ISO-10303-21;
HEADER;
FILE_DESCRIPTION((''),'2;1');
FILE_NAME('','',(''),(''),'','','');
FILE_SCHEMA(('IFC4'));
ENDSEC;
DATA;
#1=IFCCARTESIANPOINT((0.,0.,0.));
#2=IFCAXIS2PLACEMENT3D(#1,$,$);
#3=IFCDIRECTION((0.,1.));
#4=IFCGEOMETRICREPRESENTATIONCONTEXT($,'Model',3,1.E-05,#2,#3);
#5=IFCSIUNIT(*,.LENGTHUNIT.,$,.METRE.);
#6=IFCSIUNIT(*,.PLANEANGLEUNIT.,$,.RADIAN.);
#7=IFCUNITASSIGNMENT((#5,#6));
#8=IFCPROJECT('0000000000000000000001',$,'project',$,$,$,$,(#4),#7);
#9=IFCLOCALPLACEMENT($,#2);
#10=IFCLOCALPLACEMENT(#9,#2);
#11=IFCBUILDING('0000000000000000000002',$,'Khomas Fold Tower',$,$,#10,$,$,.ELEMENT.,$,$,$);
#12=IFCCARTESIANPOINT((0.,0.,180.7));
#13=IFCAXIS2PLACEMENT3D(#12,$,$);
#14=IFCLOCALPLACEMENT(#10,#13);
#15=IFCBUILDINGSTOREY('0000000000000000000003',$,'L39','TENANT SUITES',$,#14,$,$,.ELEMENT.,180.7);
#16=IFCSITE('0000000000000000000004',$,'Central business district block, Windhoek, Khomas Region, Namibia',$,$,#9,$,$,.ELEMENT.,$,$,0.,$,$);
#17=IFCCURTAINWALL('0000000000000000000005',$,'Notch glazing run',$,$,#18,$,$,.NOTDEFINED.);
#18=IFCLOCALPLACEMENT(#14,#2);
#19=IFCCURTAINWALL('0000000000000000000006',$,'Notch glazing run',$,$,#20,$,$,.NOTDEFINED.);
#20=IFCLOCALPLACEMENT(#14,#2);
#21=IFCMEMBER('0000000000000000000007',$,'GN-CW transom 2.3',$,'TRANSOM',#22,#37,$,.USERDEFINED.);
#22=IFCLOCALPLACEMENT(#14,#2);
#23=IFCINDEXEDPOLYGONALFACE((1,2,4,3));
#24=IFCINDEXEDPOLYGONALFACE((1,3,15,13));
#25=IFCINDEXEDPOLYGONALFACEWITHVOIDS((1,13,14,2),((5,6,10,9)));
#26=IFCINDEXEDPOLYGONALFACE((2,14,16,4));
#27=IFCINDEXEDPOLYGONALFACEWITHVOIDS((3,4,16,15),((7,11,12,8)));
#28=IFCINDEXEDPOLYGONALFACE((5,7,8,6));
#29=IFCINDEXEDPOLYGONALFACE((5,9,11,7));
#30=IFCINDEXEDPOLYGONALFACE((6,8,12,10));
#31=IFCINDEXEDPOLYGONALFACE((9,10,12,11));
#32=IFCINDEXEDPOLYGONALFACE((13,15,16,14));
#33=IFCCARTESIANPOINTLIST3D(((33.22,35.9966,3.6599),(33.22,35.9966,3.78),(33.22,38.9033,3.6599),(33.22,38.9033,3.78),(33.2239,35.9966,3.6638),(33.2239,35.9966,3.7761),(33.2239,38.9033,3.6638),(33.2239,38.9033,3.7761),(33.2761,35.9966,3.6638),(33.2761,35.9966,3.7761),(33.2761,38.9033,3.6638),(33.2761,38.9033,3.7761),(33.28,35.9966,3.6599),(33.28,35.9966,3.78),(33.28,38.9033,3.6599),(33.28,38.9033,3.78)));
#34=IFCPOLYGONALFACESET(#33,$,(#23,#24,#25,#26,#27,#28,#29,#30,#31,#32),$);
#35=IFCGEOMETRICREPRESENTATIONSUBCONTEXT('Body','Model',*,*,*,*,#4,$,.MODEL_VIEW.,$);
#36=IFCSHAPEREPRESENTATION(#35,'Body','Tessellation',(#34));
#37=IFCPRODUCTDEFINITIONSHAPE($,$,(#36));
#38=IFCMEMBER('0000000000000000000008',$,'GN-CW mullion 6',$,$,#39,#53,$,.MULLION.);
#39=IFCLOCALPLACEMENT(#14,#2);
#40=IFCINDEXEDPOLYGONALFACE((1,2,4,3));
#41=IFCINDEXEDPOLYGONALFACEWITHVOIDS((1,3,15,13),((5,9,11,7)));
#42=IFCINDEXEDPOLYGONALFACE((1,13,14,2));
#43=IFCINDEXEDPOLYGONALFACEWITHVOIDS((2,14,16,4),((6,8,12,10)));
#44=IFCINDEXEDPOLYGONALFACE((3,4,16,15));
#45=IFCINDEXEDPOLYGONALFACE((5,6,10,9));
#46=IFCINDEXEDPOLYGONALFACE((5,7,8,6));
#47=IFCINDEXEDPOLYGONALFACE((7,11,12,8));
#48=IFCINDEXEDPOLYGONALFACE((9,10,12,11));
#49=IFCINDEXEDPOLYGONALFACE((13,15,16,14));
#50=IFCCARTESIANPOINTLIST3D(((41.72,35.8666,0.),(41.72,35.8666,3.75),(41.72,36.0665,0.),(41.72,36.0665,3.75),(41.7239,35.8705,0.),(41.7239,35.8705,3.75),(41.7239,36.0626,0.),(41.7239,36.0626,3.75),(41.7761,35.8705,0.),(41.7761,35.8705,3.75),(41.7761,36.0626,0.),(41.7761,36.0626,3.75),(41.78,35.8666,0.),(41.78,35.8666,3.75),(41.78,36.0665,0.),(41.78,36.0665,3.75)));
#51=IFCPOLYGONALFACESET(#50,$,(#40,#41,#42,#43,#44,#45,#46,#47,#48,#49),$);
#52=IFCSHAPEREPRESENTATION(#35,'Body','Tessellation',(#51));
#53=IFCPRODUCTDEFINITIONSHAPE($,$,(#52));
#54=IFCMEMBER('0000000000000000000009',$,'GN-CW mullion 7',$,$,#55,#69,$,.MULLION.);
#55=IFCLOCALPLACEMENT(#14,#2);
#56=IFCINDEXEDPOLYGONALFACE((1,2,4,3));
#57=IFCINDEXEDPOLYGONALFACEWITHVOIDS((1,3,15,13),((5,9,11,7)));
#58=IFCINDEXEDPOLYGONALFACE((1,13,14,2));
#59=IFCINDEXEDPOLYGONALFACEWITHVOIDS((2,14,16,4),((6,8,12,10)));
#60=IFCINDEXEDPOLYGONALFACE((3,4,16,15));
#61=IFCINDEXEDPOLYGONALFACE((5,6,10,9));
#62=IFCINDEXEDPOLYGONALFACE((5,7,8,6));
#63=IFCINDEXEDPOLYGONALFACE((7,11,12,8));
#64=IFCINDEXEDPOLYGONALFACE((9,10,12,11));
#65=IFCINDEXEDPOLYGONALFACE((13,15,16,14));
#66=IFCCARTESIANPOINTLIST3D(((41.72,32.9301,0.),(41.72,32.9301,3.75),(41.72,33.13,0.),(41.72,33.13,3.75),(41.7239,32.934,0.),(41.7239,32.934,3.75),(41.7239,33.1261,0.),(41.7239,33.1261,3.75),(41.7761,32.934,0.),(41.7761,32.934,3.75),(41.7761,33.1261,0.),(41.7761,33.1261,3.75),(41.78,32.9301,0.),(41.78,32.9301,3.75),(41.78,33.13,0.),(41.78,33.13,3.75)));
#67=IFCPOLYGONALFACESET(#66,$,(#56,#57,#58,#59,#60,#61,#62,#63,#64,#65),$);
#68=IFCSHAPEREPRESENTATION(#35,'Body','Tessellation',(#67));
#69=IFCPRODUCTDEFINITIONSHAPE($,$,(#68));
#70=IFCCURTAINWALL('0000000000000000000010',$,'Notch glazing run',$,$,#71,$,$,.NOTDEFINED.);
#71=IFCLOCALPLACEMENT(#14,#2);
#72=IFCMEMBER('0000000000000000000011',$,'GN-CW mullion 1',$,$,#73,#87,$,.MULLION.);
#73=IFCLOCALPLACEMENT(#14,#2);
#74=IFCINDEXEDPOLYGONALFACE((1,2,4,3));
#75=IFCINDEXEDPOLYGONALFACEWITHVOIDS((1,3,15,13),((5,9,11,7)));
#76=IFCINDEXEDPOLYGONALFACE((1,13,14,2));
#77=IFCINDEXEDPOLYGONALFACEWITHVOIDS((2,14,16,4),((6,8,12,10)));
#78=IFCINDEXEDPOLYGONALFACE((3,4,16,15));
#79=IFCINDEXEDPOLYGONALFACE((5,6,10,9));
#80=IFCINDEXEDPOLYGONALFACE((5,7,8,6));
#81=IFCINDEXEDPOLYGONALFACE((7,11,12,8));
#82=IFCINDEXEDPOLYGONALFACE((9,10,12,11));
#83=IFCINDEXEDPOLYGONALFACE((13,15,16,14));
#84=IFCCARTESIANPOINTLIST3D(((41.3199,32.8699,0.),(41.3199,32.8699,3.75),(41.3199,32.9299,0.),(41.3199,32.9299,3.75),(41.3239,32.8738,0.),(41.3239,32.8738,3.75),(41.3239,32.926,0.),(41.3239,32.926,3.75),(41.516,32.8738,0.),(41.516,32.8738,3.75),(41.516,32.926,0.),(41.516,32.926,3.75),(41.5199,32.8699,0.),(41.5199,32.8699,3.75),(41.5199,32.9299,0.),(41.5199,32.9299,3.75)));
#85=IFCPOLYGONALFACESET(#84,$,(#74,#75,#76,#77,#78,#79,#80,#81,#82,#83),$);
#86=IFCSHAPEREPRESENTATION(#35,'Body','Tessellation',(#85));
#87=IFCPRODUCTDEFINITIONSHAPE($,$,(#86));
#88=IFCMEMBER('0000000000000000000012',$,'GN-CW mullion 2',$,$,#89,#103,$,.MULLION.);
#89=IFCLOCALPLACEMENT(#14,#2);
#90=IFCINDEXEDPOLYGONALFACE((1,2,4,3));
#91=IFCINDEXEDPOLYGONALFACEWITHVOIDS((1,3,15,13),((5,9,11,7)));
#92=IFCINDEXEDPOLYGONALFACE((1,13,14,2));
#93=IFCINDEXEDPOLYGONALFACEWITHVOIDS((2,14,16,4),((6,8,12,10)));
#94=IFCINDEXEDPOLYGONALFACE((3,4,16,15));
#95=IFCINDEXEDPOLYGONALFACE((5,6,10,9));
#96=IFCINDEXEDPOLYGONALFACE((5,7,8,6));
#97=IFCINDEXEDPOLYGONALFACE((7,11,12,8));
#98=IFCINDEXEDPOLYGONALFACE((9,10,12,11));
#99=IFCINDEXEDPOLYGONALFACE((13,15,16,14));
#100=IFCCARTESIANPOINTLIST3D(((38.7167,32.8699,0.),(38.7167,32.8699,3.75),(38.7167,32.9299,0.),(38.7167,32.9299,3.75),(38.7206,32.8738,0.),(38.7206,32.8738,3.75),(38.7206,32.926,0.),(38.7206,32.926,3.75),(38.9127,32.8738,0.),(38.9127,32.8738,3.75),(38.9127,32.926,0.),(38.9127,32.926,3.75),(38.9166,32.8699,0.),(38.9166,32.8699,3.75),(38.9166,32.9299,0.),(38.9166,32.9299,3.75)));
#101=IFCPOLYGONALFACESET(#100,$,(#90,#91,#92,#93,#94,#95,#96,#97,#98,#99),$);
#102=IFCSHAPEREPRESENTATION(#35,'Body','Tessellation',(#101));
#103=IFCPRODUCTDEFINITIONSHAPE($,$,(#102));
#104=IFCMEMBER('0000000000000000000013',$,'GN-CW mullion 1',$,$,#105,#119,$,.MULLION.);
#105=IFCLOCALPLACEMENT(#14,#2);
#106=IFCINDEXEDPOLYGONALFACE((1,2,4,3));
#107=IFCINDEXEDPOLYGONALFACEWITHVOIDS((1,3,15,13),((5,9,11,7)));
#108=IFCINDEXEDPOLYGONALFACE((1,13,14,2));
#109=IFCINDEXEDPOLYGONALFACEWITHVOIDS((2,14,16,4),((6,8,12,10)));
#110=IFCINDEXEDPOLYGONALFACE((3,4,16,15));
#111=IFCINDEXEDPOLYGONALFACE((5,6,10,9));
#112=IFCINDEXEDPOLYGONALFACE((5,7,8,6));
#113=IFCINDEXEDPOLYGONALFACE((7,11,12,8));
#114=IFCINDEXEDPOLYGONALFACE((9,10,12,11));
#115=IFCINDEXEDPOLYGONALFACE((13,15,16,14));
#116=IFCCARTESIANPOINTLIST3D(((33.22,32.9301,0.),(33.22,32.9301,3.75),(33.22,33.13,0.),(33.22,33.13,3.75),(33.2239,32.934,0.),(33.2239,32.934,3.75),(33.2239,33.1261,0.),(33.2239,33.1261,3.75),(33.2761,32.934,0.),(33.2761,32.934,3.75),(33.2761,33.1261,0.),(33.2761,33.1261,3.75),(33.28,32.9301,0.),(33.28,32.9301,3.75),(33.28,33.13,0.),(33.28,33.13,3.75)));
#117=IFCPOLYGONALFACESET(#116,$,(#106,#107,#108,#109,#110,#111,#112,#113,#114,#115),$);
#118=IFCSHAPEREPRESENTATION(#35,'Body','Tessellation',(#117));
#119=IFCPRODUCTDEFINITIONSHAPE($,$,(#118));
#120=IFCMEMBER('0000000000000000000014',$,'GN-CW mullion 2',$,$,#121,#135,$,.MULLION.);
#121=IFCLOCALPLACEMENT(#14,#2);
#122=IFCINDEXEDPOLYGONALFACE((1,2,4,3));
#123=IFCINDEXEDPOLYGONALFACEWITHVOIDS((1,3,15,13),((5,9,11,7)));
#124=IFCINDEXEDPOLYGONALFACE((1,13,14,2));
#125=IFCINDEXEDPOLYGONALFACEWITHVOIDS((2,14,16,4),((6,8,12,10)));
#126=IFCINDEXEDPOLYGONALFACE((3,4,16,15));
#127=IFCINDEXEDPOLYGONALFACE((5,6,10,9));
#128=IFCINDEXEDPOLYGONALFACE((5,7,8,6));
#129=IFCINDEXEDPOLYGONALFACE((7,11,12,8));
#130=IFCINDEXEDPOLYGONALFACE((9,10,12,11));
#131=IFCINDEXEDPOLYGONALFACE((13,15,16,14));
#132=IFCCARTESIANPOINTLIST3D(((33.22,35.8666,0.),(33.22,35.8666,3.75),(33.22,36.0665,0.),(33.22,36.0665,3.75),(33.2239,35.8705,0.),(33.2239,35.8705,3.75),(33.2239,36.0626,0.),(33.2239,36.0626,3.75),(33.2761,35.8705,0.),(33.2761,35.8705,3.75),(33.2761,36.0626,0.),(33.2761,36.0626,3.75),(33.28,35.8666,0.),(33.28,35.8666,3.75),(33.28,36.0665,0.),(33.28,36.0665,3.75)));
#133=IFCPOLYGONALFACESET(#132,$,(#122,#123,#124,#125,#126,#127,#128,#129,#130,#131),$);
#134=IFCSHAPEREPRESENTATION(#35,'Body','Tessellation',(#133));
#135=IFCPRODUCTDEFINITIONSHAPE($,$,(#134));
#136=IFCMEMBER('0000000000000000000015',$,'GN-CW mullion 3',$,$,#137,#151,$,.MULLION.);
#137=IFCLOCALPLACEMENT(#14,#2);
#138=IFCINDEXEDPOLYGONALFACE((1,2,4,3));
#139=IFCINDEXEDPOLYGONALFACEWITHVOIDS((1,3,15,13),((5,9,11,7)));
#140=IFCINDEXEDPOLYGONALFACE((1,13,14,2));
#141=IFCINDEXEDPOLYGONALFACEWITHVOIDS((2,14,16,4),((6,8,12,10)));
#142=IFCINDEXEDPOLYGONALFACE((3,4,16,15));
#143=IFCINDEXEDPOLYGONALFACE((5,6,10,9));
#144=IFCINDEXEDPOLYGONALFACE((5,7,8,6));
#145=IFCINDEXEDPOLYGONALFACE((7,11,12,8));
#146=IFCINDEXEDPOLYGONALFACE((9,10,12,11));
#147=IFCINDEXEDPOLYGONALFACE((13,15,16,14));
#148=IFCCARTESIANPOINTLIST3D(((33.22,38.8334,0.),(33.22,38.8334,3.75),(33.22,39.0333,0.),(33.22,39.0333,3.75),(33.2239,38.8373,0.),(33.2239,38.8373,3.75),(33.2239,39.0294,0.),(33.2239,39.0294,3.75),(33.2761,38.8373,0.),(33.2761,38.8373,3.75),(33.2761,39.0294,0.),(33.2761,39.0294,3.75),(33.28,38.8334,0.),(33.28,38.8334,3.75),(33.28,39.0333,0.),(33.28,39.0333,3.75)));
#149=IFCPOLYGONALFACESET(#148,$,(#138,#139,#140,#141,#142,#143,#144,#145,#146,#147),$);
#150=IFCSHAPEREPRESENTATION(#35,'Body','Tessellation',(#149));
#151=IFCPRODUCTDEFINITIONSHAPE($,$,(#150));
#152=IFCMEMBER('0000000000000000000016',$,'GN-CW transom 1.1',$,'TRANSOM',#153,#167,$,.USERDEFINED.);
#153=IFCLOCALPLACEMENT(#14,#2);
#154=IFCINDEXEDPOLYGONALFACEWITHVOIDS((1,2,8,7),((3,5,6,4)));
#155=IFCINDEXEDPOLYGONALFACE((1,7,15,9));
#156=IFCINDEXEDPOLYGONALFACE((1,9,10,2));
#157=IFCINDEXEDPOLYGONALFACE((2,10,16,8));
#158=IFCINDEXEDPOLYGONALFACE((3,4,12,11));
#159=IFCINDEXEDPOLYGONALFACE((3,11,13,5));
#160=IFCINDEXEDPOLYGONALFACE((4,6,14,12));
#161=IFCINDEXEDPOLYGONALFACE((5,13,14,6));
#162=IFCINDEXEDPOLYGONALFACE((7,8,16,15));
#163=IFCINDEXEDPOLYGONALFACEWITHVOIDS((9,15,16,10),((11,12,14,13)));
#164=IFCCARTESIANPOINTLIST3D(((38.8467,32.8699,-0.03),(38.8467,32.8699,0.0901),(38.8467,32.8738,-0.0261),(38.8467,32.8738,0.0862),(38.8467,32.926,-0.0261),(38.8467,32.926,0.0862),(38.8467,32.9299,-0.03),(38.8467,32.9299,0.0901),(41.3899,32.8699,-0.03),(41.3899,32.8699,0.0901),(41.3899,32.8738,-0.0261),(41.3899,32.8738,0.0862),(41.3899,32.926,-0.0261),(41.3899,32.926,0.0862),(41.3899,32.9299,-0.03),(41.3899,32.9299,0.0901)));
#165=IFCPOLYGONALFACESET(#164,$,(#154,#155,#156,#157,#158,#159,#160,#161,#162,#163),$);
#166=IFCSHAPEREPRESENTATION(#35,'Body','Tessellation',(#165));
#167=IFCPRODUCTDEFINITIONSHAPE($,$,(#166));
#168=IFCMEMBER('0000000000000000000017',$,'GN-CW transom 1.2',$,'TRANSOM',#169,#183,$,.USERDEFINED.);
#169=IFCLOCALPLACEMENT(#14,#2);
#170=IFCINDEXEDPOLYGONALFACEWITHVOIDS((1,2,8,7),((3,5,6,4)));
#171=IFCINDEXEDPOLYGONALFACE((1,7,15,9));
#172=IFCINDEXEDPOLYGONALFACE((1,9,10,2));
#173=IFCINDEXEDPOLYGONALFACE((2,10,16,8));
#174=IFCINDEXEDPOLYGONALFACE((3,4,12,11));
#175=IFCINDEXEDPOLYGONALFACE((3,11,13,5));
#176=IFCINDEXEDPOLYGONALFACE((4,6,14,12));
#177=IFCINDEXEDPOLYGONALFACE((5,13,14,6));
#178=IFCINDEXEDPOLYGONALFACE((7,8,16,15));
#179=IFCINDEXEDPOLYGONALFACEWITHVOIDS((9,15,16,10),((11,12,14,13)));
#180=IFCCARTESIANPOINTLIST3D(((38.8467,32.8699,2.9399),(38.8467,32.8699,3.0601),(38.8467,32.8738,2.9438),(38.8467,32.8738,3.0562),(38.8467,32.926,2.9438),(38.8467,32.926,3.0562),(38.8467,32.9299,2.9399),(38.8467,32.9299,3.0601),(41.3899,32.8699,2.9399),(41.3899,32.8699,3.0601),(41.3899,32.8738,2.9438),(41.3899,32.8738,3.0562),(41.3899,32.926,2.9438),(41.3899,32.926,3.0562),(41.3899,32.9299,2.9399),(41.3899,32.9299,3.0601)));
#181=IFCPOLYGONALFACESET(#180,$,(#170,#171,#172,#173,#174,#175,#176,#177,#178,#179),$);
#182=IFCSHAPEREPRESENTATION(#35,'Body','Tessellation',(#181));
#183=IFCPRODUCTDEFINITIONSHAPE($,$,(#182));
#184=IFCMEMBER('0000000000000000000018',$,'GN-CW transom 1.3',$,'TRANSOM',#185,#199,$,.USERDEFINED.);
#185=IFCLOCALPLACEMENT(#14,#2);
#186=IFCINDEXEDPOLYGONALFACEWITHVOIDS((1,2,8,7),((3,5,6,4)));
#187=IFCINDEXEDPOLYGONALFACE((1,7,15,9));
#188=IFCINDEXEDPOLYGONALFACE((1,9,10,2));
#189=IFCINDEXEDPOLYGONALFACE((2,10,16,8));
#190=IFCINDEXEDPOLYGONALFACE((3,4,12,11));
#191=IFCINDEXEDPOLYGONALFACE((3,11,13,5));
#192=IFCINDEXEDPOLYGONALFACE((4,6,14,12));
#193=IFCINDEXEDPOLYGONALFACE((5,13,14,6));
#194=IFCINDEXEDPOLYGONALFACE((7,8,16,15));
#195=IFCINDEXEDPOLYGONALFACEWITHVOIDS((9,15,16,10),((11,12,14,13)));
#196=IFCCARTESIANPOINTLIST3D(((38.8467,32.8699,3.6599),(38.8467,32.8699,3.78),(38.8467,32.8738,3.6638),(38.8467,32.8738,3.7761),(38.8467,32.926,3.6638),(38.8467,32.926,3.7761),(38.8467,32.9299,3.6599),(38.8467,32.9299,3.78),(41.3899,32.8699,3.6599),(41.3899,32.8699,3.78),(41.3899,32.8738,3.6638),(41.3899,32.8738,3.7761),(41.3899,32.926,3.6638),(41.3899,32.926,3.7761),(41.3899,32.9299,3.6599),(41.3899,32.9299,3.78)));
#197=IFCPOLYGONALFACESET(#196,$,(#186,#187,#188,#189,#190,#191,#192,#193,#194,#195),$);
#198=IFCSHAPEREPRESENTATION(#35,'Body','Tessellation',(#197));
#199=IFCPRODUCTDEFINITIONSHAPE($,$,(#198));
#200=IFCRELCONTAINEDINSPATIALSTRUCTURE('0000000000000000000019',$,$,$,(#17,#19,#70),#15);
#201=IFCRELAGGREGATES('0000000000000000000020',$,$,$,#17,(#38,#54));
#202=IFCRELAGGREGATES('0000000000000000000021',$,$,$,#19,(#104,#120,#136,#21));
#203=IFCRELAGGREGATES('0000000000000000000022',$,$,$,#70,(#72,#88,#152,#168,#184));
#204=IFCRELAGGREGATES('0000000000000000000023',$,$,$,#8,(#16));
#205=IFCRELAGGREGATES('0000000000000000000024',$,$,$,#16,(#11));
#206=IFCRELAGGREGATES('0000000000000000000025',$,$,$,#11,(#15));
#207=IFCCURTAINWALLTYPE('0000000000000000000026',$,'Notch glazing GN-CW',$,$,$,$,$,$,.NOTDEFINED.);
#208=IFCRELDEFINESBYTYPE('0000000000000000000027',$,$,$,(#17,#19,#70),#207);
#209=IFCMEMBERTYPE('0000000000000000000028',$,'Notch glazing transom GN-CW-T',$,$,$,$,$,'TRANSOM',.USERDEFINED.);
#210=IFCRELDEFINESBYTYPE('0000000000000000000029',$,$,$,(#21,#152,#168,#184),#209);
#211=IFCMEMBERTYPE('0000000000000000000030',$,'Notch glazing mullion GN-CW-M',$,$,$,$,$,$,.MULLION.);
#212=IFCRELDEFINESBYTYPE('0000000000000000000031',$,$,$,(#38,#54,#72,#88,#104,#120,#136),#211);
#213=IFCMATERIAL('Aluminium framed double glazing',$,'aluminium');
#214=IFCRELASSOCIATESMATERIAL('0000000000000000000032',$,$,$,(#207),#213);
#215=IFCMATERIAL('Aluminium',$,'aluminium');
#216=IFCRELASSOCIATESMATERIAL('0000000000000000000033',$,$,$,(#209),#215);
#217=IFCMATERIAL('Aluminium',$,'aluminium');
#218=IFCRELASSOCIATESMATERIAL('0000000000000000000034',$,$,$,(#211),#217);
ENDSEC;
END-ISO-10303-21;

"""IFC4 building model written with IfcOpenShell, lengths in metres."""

from ifc_helpers import new_model, si_unit, direction, frame, origin, origin_2d, place, context, subcontext, project, spatial, hollow_rectangle, extrude, source, transform, mapped, material, material_profile, profile_set, type_object, element, aggregate, save


model = new_model("IFC4")

# Units and contexts
model_context = context("Model", 3, precision=1e-05, world=origin(), true_north=direction((0.0, 1.0)))
body_context = subcontext(model_context, "Body", "Model", "MODEL_VIEW")
ifc_project = project(units=[si_unit("LENGTHUNIT", "METRE"), si_unit("PLANEANGLEUNIT", "RADIAN")], contexts=[model_context])

# Site, building, storey
site_placement = place(None, origin())
site = spatial("IfcSite", under=ifc_project, at=site_placement, Name="Central business district block, Windhoek, Khomas Region, Namibia", CompositionType="ELEMENT", RefElevation=0.0)
building_placement = place(site_placement, origin())
building = spatial("IfcBuilding", under=site, at=building_placement, Name="Khomas Fold Tower", CompositionType="ELEMENT")
storey_placement = place(building_placement, frame((0.0, 0.0, 180.7)))
storey = spatial("IfcBuildingStorey", under=building, at=storey_placement, Name="L39", Description="TENANT SUITES", CompositionType="ELEMENT", Elevation=180.7)

# Curtain walls
ifc_material_1 = material(Name="Aluminium framed double glazing", Category="aluminium")
curtain_wall_type = type_object("IfcCurtainWallType", Name="Notch glazing GN-CW", PredefinedType="NOTDEFINED", material=ifc_material_1)
curtain_wall_1_placement = place(storey_placement, origin())
curtain_wall_1 = element("IfcCurtainWall", 1, at=curtain_wall_1_placement, inside=storey, type_object=curtain_wall_type, Name="Notch glazing run", PredefinedType="NOTDEFINED")
ifc_material_2 = material(Name="Aluminium", Category="aluminium")
ifc_material_profile_1 = material_profile(ifc_material_2, hollow_rectangle(XDim=0.0601, YDim=0.1201, WallThickness=0.0039, at=origin_2d()), Name="Notch glazing transom GN-CW-T")
ifc_profile_set_1 = profile_set([ifc_material_profile_1], Name="Aluminium")
member_type_1 = type_object("IfcMemberType", Name="Notch glazing transom GN-CW-T", ElementType="TRANSOM", PredefinedType="USERDEFINED", material=ifc_profile_set_1)
curtain_wall_2_placement = place(storey_placement, origin())
curtain_wall_2 = element("IfcCurtainWall", 2, at=curtain_wall_2_placement, inside=storey, type_object=curtain_wall_type, Name="Notch glazing run", PredefinedType="NOTDEFINED")

# Members
shared_shape_1 = source(origin(), body_context, "Body", "SweptSolid", [
    extrude(hollow_rectangle(XDim=0.0601, YDim=0.1201, WallThickness=0.0039, at=origin_2d()), origin(), (0.0, 0.0, 1.0), 2.9067),
])
member_1_placement = place(storey_placement, frame((33.25, 35.9966, 3.72), z_axis=(0.0, 1.0, 0.0), x_axis=(-1.0, 0.0, 0.0)))
member_1 = element("IfcMember", 3, at=member_1_placement, type_object=member_type_1, Name="GN-CW transom 2.3", ObjectType="TRANSOM", PredefinedType="USERDEFINED", context=body_context, shape_type="MappedRepresentation", body=[
    mapped(shared_shape_1, transform((0.0, 0.0, 0.0))),
])
ifc_material_3 = material(Name="Aluminium", Category="aluminium")
ifc_material_profile_2 = material_profile(ifc_material_3, hollow_rectangle(XDim=0.0601, YDim=0.2, WallThickness=0.0039, at=origin_2d()), Name="Notch glazing mullion GN-CW-M")
ifc_profile_set_2 = profile_set([ifc_material_profile_2], Name="Aluminium")
member_type_2 = type_object("IfcMemberType", Name="Notch glazing mullion GN-CW-M", PredefinedType="MULLION", material=ifc_profile_set_2)
shared_shape_2 = source(origin(), body_context, "Body", "SweptSolid", [
    extrude(hollow_rectangle(XDim=0.0601, YDim=0.2, WallThickness=0.0039, at=origin_2d()), origin(), (0.0, 0.0, 1.0), 3.75),
])
member_2_placement = place(storey_placement, frame((41.75, 35.9666, 0.0), z_axis=(0.0, 0.0, 1.0), x_axis=(1.0, 0.0, 0.0)))
member_2 = element("IfcMember", 4, at=member_2_placement, type_object=member_type_2, Name="GN-CW mullion 6", PredefinedType="MULLION", context=body_context, shape_type="MappedRepresentation", body=[
    mapped(shared_shape_2, transform((0.0, 0.0, 0.0))),
])
member_3_placement = place(storey_placement, frame((41.75, 33.03, 0.0), z_axis=(0.0, 0.0, 1.0), x_axis=(1.0, 0.0, 0.0)))
member_3 = element("IfcMember", 5, at=member_3_placement, type_object=member_type_2, Name="GN-CW mullion 7", PredefinedType="MULLION", context=body_context, shape_type="MappedRepresentation", body=[
    mapped(shared_shape_2, transform((0.0, 0.0, 0.0))),
])

# Curtain wall, members
curtain_wall_3_placement = place(storey_placement, origin())
curtain_wall_3 = element("IfcCurtainWall", 6, at=curtain_wall_3_placement, inside=storey, type_object=curtain_wall_type, Name="Notch glazing run", PredefinedType="NOTDEFINED")
member_4_placement = place(storey_placement, frame((41.4199, 32.8999, 0.0), z_axis=(0.0, 0.0, 1.0), x_axis=(0.0, -1.0, 0.0)))
member_4 = element("IfcMember", 7, at=member_4_placement, type_object=member_type_2, Name="GN-CW mullion 1", PredefinedType="MULLION", context=body_context, shape_type="MappedRepresentation", body=[
    mapped(shared_shape_2, transform((0.0, 0.0, 0.0))),
])
member_5_placement = place(storey_placement, frame((38.8167, 32.8999, 0.0), z_axis=(0.0, 0.0, 1.0), x_axis=(0.0, -1.0, 0.0)))
member_5 = element("IfcMember", 8, at=member_5_placement, type_object=member_type_2, Name="GN-CW mullion 2", PredefinedType="MULLION", context=body_context, shape_type="MappedRepresentation", body=[
    mapped(shared_shape_2, transform((0.0, 0.0, 0.0))),
])

# Members
member_6_placement = place(storey_placement, frame((33.25, 33.03, 0.0), z_axis=(0.0, 0.0, 1.0), x_axis=(-1.0, 0.0, 0.0)))
member_6 = element("IfcMember", 9, at=member_6_placement, type_object=member_type_2, Name="GN-CW mullion 1", PredefinedType="MULLION", context=body_context, shape_type="MappedRepresentation", body=[
    mapped(shared_shape_2, transform((0.0, 0.0, 0.0))),
])
member_7_placement = place(storey_placement, frame((33.25, 35.9666, 0.0), z_axis=(0.0, 0.0, 1.0), x_axis=(-1.0, 0.0, 0.0)))
member_7 = element("IfcMember", 10, at=member_7_placement, type_object=member_type_2, Name="GN-CW mullion 2", PredefinedType="MULLION", context=body_context, shape_type="MappedRepresentation", body=[
    mapped(shared_shape_2, transform((0.0, 0.0, 0.0))),
])
member_8_placement = place(storey_placement, frame((33.25, 38.9333, 0.0), z_axis=(0.0, 0.0, 1.0), x_axis=(-1.0, 0.0, 0.0)))
member_8 = element("IfcMember", 11, at=member_8_placement, type_object=member_type_2, Name="GN-CW mullion 3", PredefinedType="MULLION", context=body_context, shape_type="MappedRepresentation", body=[
    mapped(shared_shape_2, transform((0.0, 0.0, 0.0))),
])
shared_shape_3 = source(origin(), body_context, "Body", "SweptSolid", [
    extrude(hollow_rectangle(XDim=0.0601, YDim=0.1201, WallThickness=0.0039, at=origin_2d()), origin(), (0.0, 0.0, 1.0), 2.5432),
])
member_9_placement = place(storey_placement, frame((41.3899, 32.8999, 0.03), z_axis=(-1.0, 0.0, 0.0), x_axis=(0.0, -1.0, 0.0)))
member_9 = element("IfcMember", 12, at=member_9_placement, type_object=member_type_1, Name="GN-CW transom 1.1", ObjectType="TRANSOM", PredefinedType="USERDEFINED", context=body_context, shape_type="MappedRepresentation", body=[
    mapped(shared_shape_3, transform((0.0, 0.0, 0.0))),
])
member_10_placement = place(storey_placement, frame((41.3899, 32.8999, 3.0), z_axis=(-1.0, 0.0, 0.0), x_axis=(0.0, -1.0, 0.0)))
member_10 = element("IfcMember", 13, at=member_10_placement, type_object=member_type_1, Name="GN-CW transom 1.2", ObjectType="TRANSOM", PredefinedType="USERDEFINED", context=body_context, shape_type="MappedRepresentation", body=[
    mapped(shared_shape_3, transform((0.0, 0.0, 0.0))),
])
member_11_placement = place(storey_placement, frame((41.3899, 32.8999, 3.72), z_axis=(-1.0, 0.0, 0.0), x_axis=(0.0, -1.0, 0.0)))
member_11 = element("IfcMember", 14, at=member_11_placement, type_object=member_type_1, Name="GN-CW transom 1.3", ObjectType="TRANSOM", PredefinedType="USERDEFINED", context=body_context, shape_type="MappedRepresentation", body=[
    mapped(shared_shape_3, transform((0.0, 0.0, 0.0))),
])

aggregate(curtain_wall_1, [member_2, member_3])
aggregate(curtain_wall_2, [member_6, member_7, member_8, member_1])
aggregate(curtain_wall_3, [member_4, member_5, member_9, member_10, member_11])

save(model, "model.ifc")
